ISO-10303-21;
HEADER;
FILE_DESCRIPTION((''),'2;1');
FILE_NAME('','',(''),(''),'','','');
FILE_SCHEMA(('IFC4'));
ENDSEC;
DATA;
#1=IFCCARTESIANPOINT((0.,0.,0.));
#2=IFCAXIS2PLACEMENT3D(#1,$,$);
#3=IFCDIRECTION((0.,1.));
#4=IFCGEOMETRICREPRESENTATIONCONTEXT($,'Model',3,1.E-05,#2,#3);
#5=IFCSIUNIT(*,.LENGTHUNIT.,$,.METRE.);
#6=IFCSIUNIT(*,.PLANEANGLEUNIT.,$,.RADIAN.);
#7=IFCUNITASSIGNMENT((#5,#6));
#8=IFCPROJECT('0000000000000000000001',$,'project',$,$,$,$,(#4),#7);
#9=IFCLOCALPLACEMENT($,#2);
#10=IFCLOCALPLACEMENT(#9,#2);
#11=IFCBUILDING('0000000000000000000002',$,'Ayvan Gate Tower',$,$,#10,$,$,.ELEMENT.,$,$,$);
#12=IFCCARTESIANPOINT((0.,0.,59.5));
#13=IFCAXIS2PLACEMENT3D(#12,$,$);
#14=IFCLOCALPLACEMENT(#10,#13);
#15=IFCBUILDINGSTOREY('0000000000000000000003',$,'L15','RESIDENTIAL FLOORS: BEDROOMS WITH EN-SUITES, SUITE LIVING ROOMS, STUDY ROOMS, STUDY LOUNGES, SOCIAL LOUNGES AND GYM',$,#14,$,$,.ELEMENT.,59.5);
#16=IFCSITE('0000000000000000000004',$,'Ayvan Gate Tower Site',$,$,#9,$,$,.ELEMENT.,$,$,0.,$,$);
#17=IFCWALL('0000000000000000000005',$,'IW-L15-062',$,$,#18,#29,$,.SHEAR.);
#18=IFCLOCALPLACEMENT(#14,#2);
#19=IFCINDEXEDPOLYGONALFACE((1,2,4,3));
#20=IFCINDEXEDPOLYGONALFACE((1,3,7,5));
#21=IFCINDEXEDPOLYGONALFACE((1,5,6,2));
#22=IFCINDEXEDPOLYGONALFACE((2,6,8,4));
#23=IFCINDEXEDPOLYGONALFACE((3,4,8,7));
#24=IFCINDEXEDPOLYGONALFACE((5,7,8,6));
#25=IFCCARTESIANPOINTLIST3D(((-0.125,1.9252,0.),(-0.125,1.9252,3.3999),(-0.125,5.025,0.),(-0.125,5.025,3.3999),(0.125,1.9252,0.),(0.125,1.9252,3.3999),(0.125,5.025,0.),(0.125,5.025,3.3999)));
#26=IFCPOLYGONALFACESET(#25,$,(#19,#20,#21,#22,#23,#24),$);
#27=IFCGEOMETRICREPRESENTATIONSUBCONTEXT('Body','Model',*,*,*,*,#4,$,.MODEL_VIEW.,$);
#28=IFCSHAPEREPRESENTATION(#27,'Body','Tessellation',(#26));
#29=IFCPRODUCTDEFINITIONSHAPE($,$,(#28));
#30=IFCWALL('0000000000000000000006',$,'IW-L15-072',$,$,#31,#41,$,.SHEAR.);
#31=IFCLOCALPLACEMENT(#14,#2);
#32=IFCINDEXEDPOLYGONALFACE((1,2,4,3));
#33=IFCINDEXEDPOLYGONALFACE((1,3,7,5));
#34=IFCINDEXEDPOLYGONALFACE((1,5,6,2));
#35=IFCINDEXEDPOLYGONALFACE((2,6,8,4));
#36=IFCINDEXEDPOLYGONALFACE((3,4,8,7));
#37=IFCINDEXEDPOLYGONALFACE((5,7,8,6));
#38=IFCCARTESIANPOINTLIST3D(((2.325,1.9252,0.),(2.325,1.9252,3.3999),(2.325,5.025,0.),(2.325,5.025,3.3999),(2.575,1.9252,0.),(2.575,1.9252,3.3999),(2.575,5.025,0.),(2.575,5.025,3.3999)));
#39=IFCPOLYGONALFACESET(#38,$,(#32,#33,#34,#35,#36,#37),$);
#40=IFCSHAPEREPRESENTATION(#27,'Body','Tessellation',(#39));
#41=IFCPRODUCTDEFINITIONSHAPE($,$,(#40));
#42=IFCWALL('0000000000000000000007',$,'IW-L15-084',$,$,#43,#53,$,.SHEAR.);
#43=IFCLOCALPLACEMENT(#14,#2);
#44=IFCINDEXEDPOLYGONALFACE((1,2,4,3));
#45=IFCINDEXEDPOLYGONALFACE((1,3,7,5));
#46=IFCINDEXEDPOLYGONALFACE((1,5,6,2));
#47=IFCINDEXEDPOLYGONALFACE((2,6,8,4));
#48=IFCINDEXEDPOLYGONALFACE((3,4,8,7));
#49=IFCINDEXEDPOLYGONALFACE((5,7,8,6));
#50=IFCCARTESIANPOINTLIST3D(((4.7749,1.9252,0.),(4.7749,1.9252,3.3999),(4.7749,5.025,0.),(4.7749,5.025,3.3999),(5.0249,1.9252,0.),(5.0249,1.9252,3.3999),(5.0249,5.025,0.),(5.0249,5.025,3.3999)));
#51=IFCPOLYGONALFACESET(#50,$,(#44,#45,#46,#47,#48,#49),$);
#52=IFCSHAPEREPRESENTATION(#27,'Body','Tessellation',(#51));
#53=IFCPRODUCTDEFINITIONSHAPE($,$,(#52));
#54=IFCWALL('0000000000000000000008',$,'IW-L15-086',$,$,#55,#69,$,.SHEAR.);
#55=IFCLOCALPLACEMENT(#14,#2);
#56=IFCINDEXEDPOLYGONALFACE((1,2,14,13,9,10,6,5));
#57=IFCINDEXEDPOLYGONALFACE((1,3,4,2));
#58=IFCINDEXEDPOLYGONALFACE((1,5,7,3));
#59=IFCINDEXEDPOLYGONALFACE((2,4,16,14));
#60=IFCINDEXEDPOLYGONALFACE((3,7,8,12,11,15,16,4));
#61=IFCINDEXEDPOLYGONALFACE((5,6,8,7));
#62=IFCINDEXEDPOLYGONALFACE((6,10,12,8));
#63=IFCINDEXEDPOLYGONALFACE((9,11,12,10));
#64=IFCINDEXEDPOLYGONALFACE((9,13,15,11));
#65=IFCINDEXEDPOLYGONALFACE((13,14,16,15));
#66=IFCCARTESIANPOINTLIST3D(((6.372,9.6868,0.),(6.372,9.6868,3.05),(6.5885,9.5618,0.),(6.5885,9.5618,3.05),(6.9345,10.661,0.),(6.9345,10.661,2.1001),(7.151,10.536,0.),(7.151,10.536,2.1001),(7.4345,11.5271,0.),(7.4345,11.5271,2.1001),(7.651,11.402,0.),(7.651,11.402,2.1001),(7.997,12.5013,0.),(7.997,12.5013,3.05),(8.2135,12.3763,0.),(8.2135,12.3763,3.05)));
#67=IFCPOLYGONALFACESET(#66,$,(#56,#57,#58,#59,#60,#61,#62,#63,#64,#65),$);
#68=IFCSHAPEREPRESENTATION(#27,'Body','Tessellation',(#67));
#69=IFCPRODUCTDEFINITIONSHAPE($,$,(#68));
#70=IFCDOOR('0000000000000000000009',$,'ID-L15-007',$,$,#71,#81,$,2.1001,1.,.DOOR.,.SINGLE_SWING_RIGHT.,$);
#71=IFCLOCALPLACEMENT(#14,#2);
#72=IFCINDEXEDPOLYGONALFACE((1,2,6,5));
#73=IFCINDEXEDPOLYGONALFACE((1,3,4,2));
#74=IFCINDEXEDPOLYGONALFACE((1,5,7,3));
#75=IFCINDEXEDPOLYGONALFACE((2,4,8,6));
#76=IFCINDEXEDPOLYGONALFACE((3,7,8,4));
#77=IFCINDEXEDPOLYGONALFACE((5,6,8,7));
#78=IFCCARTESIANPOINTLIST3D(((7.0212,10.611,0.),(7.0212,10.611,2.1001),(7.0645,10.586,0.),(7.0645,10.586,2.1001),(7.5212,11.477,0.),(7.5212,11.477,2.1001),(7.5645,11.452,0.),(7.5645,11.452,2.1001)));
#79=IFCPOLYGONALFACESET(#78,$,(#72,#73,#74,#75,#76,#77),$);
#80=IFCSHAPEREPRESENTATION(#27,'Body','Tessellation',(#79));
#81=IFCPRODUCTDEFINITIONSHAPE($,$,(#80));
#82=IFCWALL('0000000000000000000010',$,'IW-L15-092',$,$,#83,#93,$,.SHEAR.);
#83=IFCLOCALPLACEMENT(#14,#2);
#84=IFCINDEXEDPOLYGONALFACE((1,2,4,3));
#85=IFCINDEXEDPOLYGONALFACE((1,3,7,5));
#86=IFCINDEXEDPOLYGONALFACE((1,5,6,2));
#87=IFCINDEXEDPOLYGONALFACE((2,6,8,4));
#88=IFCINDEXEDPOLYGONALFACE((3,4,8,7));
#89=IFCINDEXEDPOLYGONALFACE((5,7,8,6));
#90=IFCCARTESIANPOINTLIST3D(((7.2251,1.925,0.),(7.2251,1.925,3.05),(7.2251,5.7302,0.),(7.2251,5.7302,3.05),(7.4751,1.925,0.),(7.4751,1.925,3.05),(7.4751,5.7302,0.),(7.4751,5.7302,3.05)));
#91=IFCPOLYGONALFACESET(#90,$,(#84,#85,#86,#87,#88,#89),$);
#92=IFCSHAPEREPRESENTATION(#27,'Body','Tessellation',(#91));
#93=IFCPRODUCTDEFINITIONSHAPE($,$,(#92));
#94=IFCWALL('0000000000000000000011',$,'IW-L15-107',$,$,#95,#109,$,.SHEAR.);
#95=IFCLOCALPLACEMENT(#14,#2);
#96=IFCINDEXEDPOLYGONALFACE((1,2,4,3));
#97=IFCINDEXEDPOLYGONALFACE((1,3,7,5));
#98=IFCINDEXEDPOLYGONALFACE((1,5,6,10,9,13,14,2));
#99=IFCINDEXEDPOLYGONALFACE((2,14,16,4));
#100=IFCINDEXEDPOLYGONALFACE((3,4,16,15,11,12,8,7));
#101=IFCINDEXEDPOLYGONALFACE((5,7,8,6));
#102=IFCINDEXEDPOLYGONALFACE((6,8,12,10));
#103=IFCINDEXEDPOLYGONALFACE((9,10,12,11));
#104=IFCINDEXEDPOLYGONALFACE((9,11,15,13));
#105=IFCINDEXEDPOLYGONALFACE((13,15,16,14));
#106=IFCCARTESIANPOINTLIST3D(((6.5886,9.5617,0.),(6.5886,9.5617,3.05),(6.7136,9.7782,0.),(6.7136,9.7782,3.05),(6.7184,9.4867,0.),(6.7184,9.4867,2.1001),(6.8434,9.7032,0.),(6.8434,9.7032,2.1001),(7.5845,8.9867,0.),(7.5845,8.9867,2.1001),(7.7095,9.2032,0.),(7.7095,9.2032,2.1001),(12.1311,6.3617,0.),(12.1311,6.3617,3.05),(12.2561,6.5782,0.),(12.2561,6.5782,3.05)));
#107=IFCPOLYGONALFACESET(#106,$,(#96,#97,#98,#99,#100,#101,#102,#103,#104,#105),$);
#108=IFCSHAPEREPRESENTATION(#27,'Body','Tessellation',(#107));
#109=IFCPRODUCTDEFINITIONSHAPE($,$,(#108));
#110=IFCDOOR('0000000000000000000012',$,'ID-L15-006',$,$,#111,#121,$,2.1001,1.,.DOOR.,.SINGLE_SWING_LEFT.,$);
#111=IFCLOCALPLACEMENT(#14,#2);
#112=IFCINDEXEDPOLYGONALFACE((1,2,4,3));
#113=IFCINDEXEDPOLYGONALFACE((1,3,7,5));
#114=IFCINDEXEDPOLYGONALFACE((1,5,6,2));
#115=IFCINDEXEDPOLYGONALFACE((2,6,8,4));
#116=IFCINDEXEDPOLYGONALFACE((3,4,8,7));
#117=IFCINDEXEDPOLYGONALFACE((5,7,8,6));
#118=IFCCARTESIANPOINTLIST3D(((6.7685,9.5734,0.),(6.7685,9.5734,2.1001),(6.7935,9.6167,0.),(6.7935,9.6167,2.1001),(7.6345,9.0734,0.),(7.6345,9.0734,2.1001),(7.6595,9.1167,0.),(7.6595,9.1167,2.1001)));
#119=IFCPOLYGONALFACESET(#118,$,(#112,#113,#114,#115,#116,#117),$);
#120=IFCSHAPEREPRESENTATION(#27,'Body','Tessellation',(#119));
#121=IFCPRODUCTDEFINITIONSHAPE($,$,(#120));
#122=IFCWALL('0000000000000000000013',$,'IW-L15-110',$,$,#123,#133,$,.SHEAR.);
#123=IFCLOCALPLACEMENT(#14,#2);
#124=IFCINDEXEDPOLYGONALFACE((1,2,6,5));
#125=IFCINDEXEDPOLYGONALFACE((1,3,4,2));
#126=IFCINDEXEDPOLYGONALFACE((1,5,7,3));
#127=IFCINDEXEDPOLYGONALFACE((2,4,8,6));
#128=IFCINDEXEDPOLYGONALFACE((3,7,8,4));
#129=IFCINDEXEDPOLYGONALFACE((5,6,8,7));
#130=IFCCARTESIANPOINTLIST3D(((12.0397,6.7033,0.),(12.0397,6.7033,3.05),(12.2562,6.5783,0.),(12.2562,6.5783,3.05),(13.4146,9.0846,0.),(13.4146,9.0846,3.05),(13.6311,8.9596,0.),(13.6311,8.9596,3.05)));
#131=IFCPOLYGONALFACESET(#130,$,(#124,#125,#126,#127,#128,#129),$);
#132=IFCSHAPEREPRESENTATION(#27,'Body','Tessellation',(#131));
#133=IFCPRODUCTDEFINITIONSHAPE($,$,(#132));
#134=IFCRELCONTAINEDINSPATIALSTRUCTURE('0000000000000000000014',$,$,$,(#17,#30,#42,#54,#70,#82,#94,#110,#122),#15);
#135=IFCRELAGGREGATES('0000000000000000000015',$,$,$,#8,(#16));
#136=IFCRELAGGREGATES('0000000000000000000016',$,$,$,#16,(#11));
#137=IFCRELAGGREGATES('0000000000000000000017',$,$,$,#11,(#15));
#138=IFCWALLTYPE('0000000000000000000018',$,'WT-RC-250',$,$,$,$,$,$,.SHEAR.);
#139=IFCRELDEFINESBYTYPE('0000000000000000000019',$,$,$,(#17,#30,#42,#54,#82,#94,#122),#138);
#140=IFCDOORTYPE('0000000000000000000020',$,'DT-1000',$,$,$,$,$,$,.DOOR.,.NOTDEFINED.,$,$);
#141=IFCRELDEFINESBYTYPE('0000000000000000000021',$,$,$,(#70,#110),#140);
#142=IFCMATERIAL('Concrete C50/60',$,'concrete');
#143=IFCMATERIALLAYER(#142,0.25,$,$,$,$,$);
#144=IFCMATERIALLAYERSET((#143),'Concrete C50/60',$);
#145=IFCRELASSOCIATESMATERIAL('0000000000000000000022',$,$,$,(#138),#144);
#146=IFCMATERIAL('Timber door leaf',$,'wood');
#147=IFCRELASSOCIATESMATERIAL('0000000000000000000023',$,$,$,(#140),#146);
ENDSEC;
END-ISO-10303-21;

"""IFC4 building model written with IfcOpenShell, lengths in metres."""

from ifc_helpers import new_model, si_unit, direction, frame, frame_2d, origin, place, context, subcontext, project, spatial, rectangle, extrude, material, layer, layer_set, type_object, element, fill, save


model = new_model("IFC4")

# Units and contexts
model_context = context("Model", 3, precision=1e-05, world=origin(), true_north=direction((0.0, 1.0)))
body_context = subcontext(model_context, "Body", "Model", "MODEL_VIEW")
ifc_project = project(units=[si_unit("LENGTHUNIT", "METRE"), si_unit("PLANEANGLEUNIT", "RADIAN")], contexts=[model_context])

# Site, building, storey
site_placement = place(None, origin())
site = spatial("IfcSite", under=ifc_project, at=site_placement, Name="Ayvan Gate Tower Site", CompositionType="ELEMENT", RefElevation=0.0)
building_placement = place(site_placement, origin())
building = spatial("IfcBuilding", under=site, at=building_placement, Name="Ayvan Gate Tower", CompositionType="ELEMENT")
storey_placement = place(building_placement, frame((0.0, 0.0, 59.5)))
storey = spatial("IfcBuildingStorey", under=building, at=storey_placement, Name="L15", Description="RESIDENTIAL FLOORS: BEDROOMS WITH EN-SUITES, SUITE LIVING ROOMS, STUDY ROOMS, STUDY LOUNGES, SOCIAL LOUNGES AND GYM", CompositionType="ELEMENT", Elevation=59.5)

# Shared definitions
ifc_material_1 = material(Name="Timber door leaf", Category="wood")

# Walls
ifc_material_2 = material(Name="Concrete C50/60", Category="concrete")
ifc_layer_1 = layer(ifc_material_2, 0.25)
ifc_layer_set_1 = layer_set([ifc_layer_1], Name="Concrete C50/60")
wall_type_1 = type_object("IfcWallType", Name="WT-RC-250", PredefinedType="SHEAR", material=ifc_layer_set_1)
for number, where, z_axis, x_axis, name in (
    (1, (0.0, 5.0249, 0.0), (0.0, 0.0, 1.0), (0.0, -1.0, 0.0), "IW-L15-062"),
    (2, (2.45, 5.0249, 0.0), (0.0, 0.0, 1.0), (0.0, -1.0, 0.0), "IW-L15-072"),
    (3, (4.8999, 5.0249, 0.0), (0.0, 0.0, 1.0), (0.0, -1.0, 0.0), "IW-L15-084"),
):
    element("IfcWall", number, at=place(storey_placement, frame(where, z_axis=z_axis, x_axis=x_axis)), inside=storey, type_object=wall_type_1, Name=name, PredefinedType="SHEAR", context=body_context, shape_type="SweptSolid", body=[
        extrude(rectangle(XDim=3.0999, YDim=0.25, at=frame_2d((1.5498, 0.0))), origin(), (0.0, 0.0, 1.0), 3.3999),
    ])

# Wall, opening, door
wall_1_placement = place(storey_placement, frame((6.4802, 9.6243, 0.0), z_axis=(0.0, 0.0, 1.0), x_axis=(0.500017, 0.866015, 0.0)))
wall_1 = element("IfcWall", 4, at=wall_1_placement, inside=storey, type_object=wall_type_1, Name="IW-L15-086", PredefinedType="SHEAR", context=body_context, shape_type="SweptSolid", body=[
    extrude(rectangle(XDim=3.25, YDim=0.25, at=frame_2d((1.625, 0.0))), origin(), (0.0, 0.0, 1.0), 3.05),
])
opening_1_placement = place(wall_1_placement, frame((1.125, 0.0, 0.0)))
opening_1 = element("IfcOpeningElement", 5, at=opening_1_placement, cuts=wall_1, PredefinedType="OPENING", context=body_context, shape_type="SweptSolid", body=[
    extrude(rectangle(XDim=1.0, YDim=2.1001, at=frame_2d((0.5, 1.05))), frame((0.0, 0.135, 0.0), z_axis=(0.0, -1.0, 0.0), x_axis=(1.0, 0.0, 0.0)), (0.0, 0.0, 1.0), 0.27),
])
door_type_1 = type_object("IfcDoorType", Name="DT-1000", OperationType="NOTDEFINED", PredefinedType="DOOR", material=ifc_material_1)
door_1_placement = place(opening_1_placement, origin())
door_1 = element("IfcDoor", 6, at=door_1_placement, inside=storey, type_object=door_type_1, Name="ID-L15-007", OperationType="SINGLE_SWING_RIGHT", OverallHeight=2.1001, OverallWidth=1.0, PredefinedType="DOOR", context=body_context, shape_type="SweptSolid", body=[
    extrude(rectangle(XDim=1.0, YDim=2.1001, at=frame_2d((0.5, 1.05))), frame((0.0, 0.0249, 0.0), z_axis=(0.0, -1.0, 0.0), x_axis=(1.0, 0.0, 0.0)), (0.0, 0.0, 1.0), 0.05),
])
fill(opening_1, door_1)

# Wall
wall_2_placement = place(storey_placement, frame((7.3501, 5.7302, 0.0), z_axis=(0.0, 0.0, 1.0), x_axis=(0.0, -1.0, 0.0)))
element("IfcWall", 7, at=wall_2_placement, inside=storey, type_object=wall_type_1, Name="IW-L15-092", PredefinedType="SHEAR", context=body_context, shape_type="SweptSolid", body=[
    extrude(rectangle(XDim=3.8052, YDim=0.25, at=frame_2d((1.9026, 0.0))), origin(), (0.0, 0.0, 1.0), 3.05),
])

# Wall, opening, door
wall_3_placement = place(storey_placement, frame((12.1936, 6.47, 0.0), z_axis=(0.0, 0.0, 1.0), x_axis=(-0.866025, 0.5, 0.0)))
wall_3 = element("IfcWall", 8, at=wall_3_placement, inside=storey, type_object=wall_type_1, Name="IW-L15-107", PredefinedType="SHEAR", context=body_context, shape_type="SweptSolid", body=[
    extrude(rectangle(XDim=6.3999, YDim=0.25, at=frame_2d((3.2, 0.0))), origin(), (0.0, 0.0, 1.0), 3.05),
])
opening_2_placement = place(wall_3_placement, frame((5.25, 0.0, 0.0)))
opening_2 = element("IfcOpeningElement", 9, at=opening_2_placement, cuts=wall_3, PredefinedType="OPENING", context=body_context, shape_type="SweptSolid", body=[
    extrude(rectangle(XDim=1.0, YDim=2.1001, at=frame_2d((0.5, 1.05))), frame((0.0, 0.135, 0.0), z_axis=(0.0, -1.0, 0.0), x_axis=(1.0, 0.0, 0.0)), (0.0, 0.0, 1.0), 0.27),
])
door_2_placement = place(opening_2_placement, origin())
door_2 = element("IfcDoor", 10, at=door_2_placement, inside=storey, type_object=door_type_1, Name="ID-L15-006", OperationType="SINGLE_SWING_LEFT", OverallHeight=2.1001, OverallWidth=1.0, PredefinedType="DOOR", context=body_context, shape_type="SweptSolid", body=[
    extrude(rectangle(XDim=1.0, YDim=2.1001, at=frame_2d((0.5, 1.05))), frame((0.0, 0.0249, 0.0), z_axis=(0.0, -1.0, 0.0), x_axis=(1.0, 0.0, 0.0)), (0.0, 0.0, 1.0), 0.05),
])
fill(opening_2, door_2)

# Wall
wall_4_placement = place(storey_placement, frame((13.5229, 9.0222, 0.0), z_axis=(0.0, 0.0, 1.0), x_axis=(-0.500035, -0.866005, 0.0)))
element("IfcWall", 11, at=wall_4_placement, inside=storey, type_object=wall_type_1, Name="IW-L15-110", PredefinedType="SHEAR", context=body_context, shape_type="SweptSolid", body=[
    extrude(rectangle(XDim=2.7498, YDim=0.25, at=frame_2d((1.375, 0.0))), origin(), (0.0, 0.0, 1.0), 3.05),
])

save(model, "model.ifc")
